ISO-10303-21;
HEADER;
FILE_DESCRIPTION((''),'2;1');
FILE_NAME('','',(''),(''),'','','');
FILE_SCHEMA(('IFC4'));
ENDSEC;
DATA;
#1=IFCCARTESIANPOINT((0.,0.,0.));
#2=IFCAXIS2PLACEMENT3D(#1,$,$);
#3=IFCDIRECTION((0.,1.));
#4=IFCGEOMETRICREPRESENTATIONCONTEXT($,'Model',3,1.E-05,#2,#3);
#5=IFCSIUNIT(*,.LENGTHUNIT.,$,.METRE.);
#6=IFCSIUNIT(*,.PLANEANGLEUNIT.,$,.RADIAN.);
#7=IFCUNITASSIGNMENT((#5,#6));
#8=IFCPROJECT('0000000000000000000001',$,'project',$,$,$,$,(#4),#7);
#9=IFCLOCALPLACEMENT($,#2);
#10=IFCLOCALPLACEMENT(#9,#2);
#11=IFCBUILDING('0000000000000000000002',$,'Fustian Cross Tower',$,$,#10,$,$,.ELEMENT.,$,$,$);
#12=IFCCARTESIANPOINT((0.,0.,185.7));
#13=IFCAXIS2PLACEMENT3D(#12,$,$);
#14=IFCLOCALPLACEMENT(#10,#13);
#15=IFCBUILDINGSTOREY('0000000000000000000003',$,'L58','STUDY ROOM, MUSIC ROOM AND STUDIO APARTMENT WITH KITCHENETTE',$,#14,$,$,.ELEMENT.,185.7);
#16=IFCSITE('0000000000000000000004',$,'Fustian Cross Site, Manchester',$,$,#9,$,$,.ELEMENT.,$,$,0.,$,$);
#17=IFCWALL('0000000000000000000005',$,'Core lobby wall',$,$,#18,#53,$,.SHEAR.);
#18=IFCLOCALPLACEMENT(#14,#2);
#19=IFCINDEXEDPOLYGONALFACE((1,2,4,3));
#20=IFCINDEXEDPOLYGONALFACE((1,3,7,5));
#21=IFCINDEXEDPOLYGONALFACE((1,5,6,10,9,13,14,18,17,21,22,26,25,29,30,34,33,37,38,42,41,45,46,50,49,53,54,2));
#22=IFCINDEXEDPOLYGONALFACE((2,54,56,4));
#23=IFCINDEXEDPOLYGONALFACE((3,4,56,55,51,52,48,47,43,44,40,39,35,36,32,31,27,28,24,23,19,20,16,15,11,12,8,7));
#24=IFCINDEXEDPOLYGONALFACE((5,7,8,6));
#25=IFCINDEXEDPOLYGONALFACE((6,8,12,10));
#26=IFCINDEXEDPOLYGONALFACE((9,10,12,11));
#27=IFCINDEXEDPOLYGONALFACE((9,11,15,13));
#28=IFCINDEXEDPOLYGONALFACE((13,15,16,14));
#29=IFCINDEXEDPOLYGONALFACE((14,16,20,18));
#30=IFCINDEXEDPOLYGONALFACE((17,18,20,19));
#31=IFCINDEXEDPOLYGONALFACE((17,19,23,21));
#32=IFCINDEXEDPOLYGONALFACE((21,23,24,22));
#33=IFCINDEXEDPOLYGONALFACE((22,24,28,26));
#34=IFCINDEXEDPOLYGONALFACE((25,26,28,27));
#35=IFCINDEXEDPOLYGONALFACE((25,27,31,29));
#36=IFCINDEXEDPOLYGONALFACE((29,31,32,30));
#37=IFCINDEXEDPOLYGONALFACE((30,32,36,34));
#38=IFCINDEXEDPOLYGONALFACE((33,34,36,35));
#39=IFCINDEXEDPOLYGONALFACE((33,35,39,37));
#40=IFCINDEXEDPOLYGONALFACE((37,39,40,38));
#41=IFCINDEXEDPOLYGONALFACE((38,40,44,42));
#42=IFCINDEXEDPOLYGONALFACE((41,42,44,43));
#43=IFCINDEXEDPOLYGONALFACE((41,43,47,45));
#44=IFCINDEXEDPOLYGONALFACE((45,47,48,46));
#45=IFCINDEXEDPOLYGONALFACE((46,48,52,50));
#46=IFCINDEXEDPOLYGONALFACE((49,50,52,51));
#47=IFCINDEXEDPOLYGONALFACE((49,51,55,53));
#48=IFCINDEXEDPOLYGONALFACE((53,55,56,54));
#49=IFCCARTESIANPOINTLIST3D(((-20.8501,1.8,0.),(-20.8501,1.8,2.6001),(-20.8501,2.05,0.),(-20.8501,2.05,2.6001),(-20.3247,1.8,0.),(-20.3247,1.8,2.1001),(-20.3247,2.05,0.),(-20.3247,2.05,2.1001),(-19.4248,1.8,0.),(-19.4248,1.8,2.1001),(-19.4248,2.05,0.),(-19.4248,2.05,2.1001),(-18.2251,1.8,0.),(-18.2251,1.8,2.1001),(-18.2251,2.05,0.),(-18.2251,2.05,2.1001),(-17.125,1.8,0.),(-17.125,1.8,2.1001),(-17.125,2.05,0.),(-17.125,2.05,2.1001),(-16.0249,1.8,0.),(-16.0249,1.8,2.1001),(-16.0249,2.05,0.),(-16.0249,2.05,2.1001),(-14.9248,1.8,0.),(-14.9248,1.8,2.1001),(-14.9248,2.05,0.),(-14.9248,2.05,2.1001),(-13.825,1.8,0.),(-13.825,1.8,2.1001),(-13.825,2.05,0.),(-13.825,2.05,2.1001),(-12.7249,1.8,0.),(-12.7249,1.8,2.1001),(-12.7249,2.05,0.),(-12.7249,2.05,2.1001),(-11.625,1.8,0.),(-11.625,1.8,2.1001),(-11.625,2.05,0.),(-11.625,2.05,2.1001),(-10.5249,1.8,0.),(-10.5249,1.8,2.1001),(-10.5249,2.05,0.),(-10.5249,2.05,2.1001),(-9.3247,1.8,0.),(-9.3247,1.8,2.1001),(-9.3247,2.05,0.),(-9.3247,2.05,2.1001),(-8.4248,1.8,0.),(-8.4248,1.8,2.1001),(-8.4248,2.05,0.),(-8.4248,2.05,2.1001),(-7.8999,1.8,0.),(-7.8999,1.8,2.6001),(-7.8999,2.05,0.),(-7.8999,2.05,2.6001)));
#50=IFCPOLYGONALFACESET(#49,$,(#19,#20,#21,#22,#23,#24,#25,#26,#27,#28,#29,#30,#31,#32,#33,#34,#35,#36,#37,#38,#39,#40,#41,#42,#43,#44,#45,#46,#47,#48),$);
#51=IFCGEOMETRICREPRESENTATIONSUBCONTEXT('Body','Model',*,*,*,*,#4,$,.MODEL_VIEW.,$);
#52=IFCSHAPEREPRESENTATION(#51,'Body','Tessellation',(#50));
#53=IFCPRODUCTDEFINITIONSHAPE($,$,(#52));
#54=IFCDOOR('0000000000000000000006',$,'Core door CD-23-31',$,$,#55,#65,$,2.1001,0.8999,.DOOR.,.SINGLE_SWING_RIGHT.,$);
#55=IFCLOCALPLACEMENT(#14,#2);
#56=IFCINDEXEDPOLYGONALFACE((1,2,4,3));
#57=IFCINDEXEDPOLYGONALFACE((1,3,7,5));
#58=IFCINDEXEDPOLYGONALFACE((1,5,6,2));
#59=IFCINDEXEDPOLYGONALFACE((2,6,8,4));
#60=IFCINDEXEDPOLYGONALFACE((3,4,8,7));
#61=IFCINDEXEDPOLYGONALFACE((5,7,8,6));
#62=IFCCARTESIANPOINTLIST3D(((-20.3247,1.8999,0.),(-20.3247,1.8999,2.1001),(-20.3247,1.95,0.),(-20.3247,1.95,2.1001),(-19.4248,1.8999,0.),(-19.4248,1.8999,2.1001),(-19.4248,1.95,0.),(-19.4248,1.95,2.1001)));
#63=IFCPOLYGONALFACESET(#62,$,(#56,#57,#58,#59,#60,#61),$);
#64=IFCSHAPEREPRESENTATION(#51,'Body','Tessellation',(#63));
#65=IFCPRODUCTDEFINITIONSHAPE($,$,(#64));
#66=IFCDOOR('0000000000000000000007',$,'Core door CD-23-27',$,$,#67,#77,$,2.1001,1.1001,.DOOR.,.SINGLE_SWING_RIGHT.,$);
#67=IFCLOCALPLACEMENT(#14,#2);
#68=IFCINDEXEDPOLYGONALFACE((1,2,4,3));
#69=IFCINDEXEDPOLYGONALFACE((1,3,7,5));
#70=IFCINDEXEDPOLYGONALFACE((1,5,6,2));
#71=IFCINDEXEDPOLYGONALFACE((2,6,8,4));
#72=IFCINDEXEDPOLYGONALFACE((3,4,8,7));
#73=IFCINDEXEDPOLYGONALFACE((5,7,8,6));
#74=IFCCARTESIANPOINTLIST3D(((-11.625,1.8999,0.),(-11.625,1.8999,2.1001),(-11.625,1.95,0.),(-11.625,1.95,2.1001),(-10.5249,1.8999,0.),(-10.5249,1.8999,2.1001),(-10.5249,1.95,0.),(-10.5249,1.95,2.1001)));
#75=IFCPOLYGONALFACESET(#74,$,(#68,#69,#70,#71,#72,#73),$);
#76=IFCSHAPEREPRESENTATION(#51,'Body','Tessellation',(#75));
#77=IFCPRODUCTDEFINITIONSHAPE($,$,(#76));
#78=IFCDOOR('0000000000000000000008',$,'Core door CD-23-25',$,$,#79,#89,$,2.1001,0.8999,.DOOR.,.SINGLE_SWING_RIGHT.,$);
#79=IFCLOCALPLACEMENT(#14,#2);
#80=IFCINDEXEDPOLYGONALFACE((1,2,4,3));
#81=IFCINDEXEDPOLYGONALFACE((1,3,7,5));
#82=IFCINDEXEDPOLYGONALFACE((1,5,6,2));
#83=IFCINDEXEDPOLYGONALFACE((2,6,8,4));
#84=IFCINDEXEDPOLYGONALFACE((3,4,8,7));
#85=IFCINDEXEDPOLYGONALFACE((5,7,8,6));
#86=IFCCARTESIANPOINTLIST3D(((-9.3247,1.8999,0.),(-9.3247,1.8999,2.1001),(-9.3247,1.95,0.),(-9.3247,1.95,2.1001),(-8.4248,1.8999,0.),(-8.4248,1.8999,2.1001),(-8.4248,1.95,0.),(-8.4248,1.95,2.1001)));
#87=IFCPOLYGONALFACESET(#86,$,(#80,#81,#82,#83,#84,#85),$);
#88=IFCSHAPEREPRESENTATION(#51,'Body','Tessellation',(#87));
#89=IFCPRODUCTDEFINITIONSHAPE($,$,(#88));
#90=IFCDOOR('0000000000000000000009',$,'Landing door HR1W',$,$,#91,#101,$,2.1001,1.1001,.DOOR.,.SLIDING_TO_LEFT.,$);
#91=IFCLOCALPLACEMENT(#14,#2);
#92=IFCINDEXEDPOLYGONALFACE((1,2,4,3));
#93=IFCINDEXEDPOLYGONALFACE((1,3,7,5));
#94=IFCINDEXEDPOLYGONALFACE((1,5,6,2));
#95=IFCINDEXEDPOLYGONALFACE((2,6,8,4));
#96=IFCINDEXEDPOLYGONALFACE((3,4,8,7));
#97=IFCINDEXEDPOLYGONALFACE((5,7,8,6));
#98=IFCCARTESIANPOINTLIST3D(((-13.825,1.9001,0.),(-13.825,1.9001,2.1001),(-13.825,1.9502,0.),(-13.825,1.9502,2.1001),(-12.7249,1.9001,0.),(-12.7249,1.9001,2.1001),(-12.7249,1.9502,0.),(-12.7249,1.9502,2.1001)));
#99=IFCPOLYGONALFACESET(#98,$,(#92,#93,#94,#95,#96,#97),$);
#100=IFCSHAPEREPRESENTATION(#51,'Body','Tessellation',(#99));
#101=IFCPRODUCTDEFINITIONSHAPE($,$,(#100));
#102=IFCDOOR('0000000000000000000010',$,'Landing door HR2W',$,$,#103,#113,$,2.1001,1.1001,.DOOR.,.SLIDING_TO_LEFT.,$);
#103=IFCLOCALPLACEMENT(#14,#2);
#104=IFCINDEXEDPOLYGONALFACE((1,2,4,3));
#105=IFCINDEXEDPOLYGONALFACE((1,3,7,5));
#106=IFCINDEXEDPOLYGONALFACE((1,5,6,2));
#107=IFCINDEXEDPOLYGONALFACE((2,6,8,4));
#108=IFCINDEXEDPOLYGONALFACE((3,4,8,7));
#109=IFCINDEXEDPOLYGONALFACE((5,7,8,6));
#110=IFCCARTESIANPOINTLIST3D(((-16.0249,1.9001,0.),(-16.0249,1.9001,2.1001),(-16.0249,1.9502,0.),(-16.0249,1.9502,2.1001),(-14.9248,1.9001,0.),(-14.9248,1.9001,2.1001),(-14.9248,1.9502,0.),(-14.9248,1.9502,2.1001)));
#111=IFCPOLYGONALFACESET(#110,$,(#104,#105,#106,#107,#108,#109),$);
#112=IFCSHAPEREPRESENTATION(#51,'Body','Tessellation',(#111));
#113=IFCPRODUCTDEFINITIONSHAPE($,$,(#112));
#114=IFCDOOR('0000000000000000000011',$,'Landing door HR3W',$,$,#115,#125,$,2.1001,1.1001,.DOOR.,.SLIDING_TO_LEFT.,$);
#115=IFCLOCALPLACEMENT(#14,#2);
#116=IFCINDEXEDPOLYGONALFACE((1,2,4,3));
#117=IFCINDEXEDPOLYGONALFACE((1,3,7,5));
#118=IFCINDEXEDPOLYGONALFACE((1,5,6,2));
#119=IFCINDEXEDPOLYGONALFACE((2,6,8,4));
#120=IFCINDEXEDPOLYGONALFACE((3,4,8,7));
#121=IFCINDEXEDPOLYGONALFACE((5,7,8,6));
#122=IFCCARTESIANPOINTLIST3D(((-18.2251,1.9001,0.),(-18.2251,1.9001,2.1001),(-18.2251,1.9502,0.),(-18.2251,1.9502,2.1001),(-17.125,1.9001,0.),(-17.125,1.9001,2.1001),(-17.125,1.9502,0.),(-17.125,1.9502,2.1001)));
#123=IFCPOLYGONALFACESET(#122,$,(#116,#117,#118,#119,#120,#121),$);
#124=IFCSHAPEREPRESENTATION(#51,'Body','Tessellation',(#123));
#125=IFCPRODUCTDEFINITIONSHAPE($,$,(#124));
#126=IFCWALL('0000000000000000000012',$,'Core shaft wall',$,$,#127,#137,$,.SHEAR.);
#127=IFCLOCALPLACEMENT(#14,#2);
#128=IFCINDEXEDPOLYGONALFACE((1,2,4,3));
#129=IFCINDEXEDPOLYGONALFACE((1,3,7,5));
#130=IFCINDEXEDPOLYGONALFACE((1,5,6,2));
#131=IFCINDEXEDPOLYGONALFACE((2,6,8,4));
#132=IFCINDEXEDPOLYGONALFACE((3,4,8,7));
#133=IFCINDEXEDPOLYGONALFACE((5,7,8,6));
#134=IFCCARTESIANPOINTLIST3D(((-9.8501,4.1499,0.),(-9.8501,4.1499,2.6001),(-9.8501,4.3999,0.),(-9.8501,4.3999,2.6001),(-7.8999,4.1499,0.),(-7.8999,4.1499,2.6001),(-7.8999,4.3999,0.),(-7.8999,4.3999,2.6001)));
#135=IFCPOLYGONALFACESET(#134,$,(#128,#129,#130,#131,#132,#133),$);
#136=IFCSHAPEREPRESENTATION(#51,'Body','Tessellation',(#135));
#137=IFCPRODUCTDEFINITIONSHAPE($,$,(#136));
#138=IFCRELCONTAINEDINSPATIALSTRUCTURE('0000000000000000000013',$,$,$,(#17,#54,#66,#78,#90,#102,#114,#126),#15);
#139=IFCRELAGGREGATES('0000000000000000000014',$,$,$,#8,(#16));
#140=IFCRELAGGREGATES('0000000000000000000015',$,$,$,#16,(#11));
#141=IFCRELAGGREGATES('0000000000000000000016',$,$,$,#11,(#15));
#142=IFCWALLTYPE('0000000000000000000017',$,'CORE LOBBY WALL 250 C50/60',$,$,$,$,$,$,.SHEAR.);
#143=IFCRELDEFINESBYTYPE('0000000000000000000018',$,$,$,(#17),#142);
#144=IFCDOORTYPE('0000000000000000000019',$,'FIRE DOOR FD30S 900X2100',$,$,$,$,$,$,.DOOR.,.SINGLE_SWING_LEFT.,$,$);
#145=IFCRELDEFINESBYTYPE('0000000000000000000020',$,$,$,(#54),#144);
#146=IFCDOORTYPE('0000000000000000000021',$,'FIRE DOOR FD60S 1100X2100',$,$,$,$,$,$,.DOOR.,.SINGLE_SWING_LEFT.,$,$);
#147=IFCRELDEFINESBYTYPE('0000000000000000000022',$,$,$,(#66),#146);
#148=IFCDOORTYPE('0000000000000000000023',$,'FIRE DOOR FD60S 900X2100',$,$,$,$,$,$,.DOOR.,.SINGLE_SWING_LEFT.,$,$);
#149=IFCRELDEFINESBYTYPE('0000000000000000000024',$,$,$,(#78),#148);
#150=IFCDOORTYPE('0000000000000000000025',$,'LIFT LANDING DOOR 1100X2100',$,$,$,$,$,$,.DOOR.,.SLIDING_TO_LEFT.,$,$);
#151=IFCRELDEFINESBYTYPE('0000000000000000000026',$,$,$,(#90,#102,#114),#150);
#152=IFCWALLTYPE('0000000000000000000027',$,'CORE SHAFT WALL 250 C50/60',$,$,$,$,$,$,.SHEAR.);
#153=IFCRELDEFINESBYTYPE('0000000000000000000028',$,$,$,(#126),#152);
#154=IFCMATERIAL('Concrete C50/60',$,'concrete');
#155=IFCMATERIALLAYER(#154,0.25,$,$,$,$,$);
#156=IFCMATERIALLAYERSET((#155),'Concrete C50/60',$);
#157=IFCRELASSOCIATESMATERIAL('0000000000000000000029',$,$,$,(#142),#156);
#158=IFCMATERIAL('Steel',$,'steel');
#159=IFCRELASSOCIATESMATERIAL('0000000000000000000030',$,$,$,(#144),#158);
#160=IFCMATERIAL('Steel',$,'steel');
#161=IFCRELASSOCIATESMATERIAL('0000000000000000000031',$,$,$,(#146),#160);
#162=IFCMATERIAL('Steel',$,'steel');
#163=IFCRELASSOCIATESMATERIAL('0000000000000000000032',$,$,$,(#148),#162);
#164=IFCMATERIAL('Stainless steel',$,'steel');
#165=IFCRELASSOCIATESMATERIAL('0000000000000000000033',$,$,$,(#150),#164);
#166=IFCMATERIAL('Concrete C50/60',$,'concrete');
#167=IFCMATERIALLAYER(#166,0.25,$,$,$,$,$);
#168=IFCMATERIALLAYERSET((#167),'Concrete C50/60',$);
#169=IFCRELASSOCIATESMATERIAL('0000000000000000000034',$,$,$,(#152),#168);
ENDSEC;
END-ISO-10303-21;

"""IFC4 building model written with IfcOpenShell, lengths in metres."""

from ifc_helpers import new_model, si_unit, direction, frame, frame_2d, origin, place, context, subcontext, project, spatial, rectangle, extrude, material, layer, layer_set, type_object, element, fill, save


model = new_model("IFC4")

# Units and contexts
model_context = context("Model", 3, precision=1e-05, world=origin(), true_north=direction((0.0, 1.0)))
body_context = subcontext(model_context, "Body", "Model", "MODEL_VIEW")
ifc_project = project(units=[si_unit("LENGTHUNIT", "METRE"), si_unit("PLANEANGLEUNIT", "RADIAN")], contexts=[model_context])

# Site, building, storey
site_placement = place(None, origin())
site = spatial("IfcSite", under=ifc_project, at=site_placement, Name="Fustian Cross Site, Manchester", CompositionType="ELEMENT", RefElevation=0.0)
building_placement = place(site_placement, origin())
building = spatial("IfcBuilding", under=site, at=building_placement, Name="Fustian Cross Tower", CompositionType="ELEMENT")
storey_placement = place(building_placement, frame((0.0, 0.0, 185.7)))
storey = spatial("IfcBuildingStorey", under=building, at=storey_placement, Name="L58", Description="STUDY ROOM, MUSIC ROOM AND STUDIO APARTMENT WITH KITCHENETTE", CompositionType="ELEMENT", Elevation=185.7)

# Wall, openings, doors
ifc_material_1 = material(Name="Concrete C50/60", Category="concrete")
ifc_layer_1 = layer(ifc_material_1, 0.25)
ifc_layer_set_1 = layer_set([ifc_layer_1], Name="Concrete C50/60")
wall_type_1 = type_object("IfcWallType", Name="CORE LOBBY WALL 250 C50/60", PredefinedType="SHEAR", material=ifc_layer_set_1)
wall_1_placement = place(storey_placement, frame((-7.8999, 1.925, 0.0), z_axis=(0.0, 0.0, 1.0), x_axis=(-1.0, 0.0, 0.0)))
wall_1 = element("IfcWall", 1, at=wall_1_placement, inside=storey, type_object=wall_type_1, Name="Core lobby wall", PredefinedType="SHEAR", context=body_context, shape_type="SweptSolid", body=[
    extrude(rectangle(XDim=12.9502, YDim=0.25, at=frame_2d((6.4751, 0.0))), origin(), (0.0, 0.0, 1.0), 2.6001),
])
opening_1_placement = place(wall_1_placement, frame((4.825, 0.0, 0.0)))
opening_1 = element("IfcOpeningElement", 2, at=opening_1_placement, cuts=wall_1, PredefinedType="OPENING", context=body_context, shape_type="SweptSolid", body=[
    extrude(rectangle(XDim=1.1001, YDim=2.1001, at=frame_2d((0.55, 1.05))), frame((0.0, 0.135, 0.0), z_axis=(0.0, -1.0, 0.0), x_axis=(1.0, 0.0, 0.0)), (0.0, 0.0, 1.0), 0.27),
])
opening_2_placement = place(wall_1_placement, frame((7.0249, 0.0, 0.0)))
opening_2 = element("IfcOpeningElement", 3, at=opening_2_placement, cuts=wall_1, PredefinedType="OPENING", context=body_context, shape_type="SweptSolid", body=[
    extrude(rectangle(XDim=1.1001, YDim=2.1001, at=frame_2d((0.55, 1.05))), frame((0.0, 0.135, 0.0), z_axis=(0.0, -1.0, 0.0), x_axis=(1.0, 0.0, 0.0)), (0.0, 0.0, 1.0), 0.27),
])
opening_3_placement = place(wall_1_placement, frame((9.2251, 0.0, 0.0)))
opening_3 = element("IfcOpeningElement", 4, at=opening_3_placement, cuts=wall_1, PredefinedType="OPENING", context=body_context, shape_type="SweptSolid", body=[
    extrude(rectangle(XDim=1.1001, YDim=2.1001, at=frame_2d((0.55, 1.05))), frame((0.0, 0.135, 0.0), z_axis=(0.0, -1.0, 0.0), x_axis=(1.0, 0.0, 0.0)), (0.0, 0.0, 1.0), 0.27),
])
opening_4_placement = place(wall_1_placement, frame((0.5249, 0.0, 0.0)))
opening_4 = element("IfcOpeningElement", 5, at=opening_4_placement, cuts=wall_1, PredefinedType="OPENING", context=body_context, shape_type="SweptSolid", body=[
    extrude(rectangle(XDim=0.8999, YDim=2.1001, at=frame_2d((0.45, 1.05))), frame((0.0, 0.135, 0.0), z_axis=(0.0, -1.0, 0.0), x_axis=(1.0, 0.0, 0.0)), (0.0, 0.0, 1.0), 0.27),
])
opening_5_placement = place(wall_1_placement, frame((2.625, 0.0, 0.0)))
opening_5 = element("IfcOpeningElement", 6, at=opening_5_placement, cuts=wall_1, PredefinedType="OPENING", context=body_context, shape_type="SweptSolid", body=[
    extrude(rectangle(XDim=1.1001, YDim=2.1001, at=frame_2d((0.55, 1.05))), frame((0.0, 0.135, 0.0), z_axis=(0.0, -1.0, 0.0), x_axis=(1.0, 0.0, 0.0)), (0.0, 0.0, 1.0), 0.27),
])
opening_6_placement = place(wall_1_placement, frame((11.5249, 0.0, 0.0)))
opening_6 = element("IfcOpeningElement", 7, at=opening_6_placement, cuts=wall_1, PredefinedType="OPENING", context=body_context, shape_type="SweptSolid", body=[
    extrude(rectangle(XDim=0.8999, YDim=2.1001, at=frame_2d((0.45, 1.05))), frame((0.0, 0.135, 0.0), z_axis=(0.0, -1.0, 0.0), x_axis=(1.0, 0.0, 0.0)), (0.0, 0.0, 1.0), 0.27),
])
ifc_material_2 = material(Name="Steel", Category="steel")
door_type_1 = type_object("IfcDoorType", Name="FIRE DOOR FD30S 900X2100", OperationType="SINGLE_SWING_LEFT", PredefinedType="DOOR", material=ifc_material_2)
door_1_placement = place(opening_6_placement, frame((0.8999, 0.0, 0.0), z_axis=(0.0, 0.0, 1.0), x_axis=(-1.0, 0.0, 0.0)))
door_1 = element("IfcDoor", 8, at=door_1_placement, inside=storey, type_object=door_type_1, Name="Core door CD-23-31", OperationType="SINGLE_SWING_RIGHT", OverallHeight=2.1001, OverallWidth=0.8999, PredefinedType="DOOR", context=body_context, shape_type="SweptSolid", body=[
    extrude(rectangle(XDim=0.8999, YDim=2.1001, at=frame_2d((0.45, 1.05))), frame((0.0, 0.0249, 0.0), z_axis=(0.0, -1.0, 0.0), x_axis=(1.0, 0.0, 0.0)), (0.0, 0.0, 1.0), 0.05),
])
fill(opening_6, door_1)
ifc_material_3 = material(Name="Steel", Category="steel")
door_type_2 = type_object("IfcDoorType", Name="FIRE DOOR FD60S 1100X2100", OperationType="SINGLE_SWING_LEFT", PredefinedType="DOOR", material=ifc_material_3)
door_2_placement = place(opening_5_placement, frame((1.1001, 0.0, 0.0), z_axis=(0.0, 0.0, 1.0), x_axis=(-1.0, 0.0, 0.0)))
door_2 = element("IfcDoor", 9, at=door_2_placement, inside=storey, type_object=door_type_2, Name="Core door CD-23-27", OperationType="SINGLE_SWING_RIGHT", OverallHeight=2.1001, OverallWidth=1.1001, PredefinedType="DOOR", context=body_context, shape_type="SweptSolid", body=[
    extrude(rectangle(XDim=1.1001, YDim=2.1001, at=frame_2d((0.55, 1.05))), frame((0.0, 0.0249, 0.0), z_axis=(0.0, -1.0, 0.0), x_axis=(1.0, 0.0, 0.0)), (0.0, 0.0, 1.0), 0.05),
])
fill(opening_5, door_2)
ifc_material_4 = material(Name="Steel", Category="steel")
door_type_3 = type_object("IfcDoorType", Name="FIRE DOOR FD60S 900X2100", OperationType="SINGLE_SWING_LEFT", PredefinedType="DOOR", material=ifc_material_4)
door_3_placement = place(opening_4_placement, frame((0.8999, 0.0, 0.0), z_axis=(0.0, 0.0, 1.0), x_axis=(-1.0, 0.0, 0.0)))
door_3 = element("IfcDoor", 10, at=door_3_placement, inside=storey, type_object=door_type_3, Name="Core door CD-23-25", OperationType="SINGLE_SWING_RIGHT", OverallHeight=2.1001, OverallWidth=0.8999, PredefinedType="DOOR", context=body_context, shape_type="SweptSolid", body=[
    extrude(rectangle(XDim=0.8999, YDim=2.1001, at=frame_2d((0.45, 1.05))), frame((0.0, 0.0249, 0.0), z_axis=(0.0, -1.0, 0.0), x_axis=(1.0, 0.0, 0.0)), (0.0, 0.0, 1.0), 0.05),
])
fill(opening_4, door_3)
ifc_material_5 = material(Name="Stainless steel", Category="steel")
door_type_4 = type_object("IfcDoorType", Name="LIFT LANDING DOOR 1100X2100", OperationType="SLIDING_TO_LEFT", PredefinedType="DOOR", material=ifc_material_5)
door_4_placement = place(opening_1_placement, origin())
door_4 = element("IfcDoor", 11, at=door_4_placement, inside=storey, type_object=door_type_4, Name="Landing door HR1W", OperationType="SLIDING_TO_LEFT", OverallHeight=2.1001, OverallWidth=1.1001, PredefinedType="DOOR", context=body_context, shape_type="SweptSolid", body=[
    extrude(rectangle(XDim=1.1001, YDim=2.1001, at=frame_2d((0.55, 1.05))), frame((0.0, 0.0249, 0.0), z_axis=(0.0, -1.0, 0.0), x_axis=(1.0, 0.0, 0.0)), (0.0, 0.0, 1.0), 0.05),
])
fill(opening_1, door_4)
door_5_placement = place(opening_2_placement, origin())
door_5 = element("IfcDoor", 12, at=door_5_placement, inside=storey, type_object=door_type_4, Name="Landing door HR2W", OperationType="SLIDING_TO_LEFT", OverallHeight=2.1001, OverallWidth=1.1001, PredefinedType="DOOR", context=body_context, shape_type="SweptSolid", body=[
    extrude(rectangle(XDim=1.1001, YDim=2.1001, at=frame_2d((0.55, 1.05))), frame((0.0, 0.0249, 0.0), z_axis=(0.0, -1.0, 0.0), x_axis=(1.0, 0.0, 0.0)), (0.0, 0.0, 1.0), 0.05),
])
fill(opening_2, door_5)
door_6_placement = place(opening_3_placement, origin())
door_6 = element("IfcDoor", 13, at=door_6_placement, inside=storey, type_object=door_type_4, Name="Landing door HR3W", OperationType="SLIDING_TO_LEFT", OverallHeight=2.1001, OverallWidth=1.1001, PredefinedType="DOOR", context=body_context, shape_type="SweptSolid", body=[
    extrude(rectangle(XDim=1.1001, YDim=2.1001, at=frame_2d((0.55, 1.05))), frame((0.0, 0.0249, 0.0), z_axis=(0.0, -1.0, 0.0), x_axis=(1.0, 0.0, 0.0)), (0.0, 0.0, 1.0), 0.05),
])
fill(opening_3, door_6)

# Wall
ifc_material_6 = material(Name="Concrete C50/60", Category="concrete")
ifc_layer_2 = layer(ifc_material_6, 0.25)
ifc_layer_set_2 = layer_set([ifc_layer_2], Name="Concrete C50/60")
wall_type_2 = type_object("IfcWallType", Name="CORE SHAFT WALL 250 C50/60", PredefinedType="SHEAR", material=ifc_layer_set_2)
wall_2_placement = place(storey_placement, frame((-7.8999, 4.2749, 0.0), z_axis=(0.0, 0.0, 1.0), x_axis=(-1.0, 0.0, 0.0)))
element("IfcWall", 14, at=wall_2_placement, inside=storey, type_object=wall_type_2, Name="Core shaft wall", PredefinedType="SHEAR", context=body_context, shape_type="SweptSolid", body=[
    extrude(rectangle(XDim=1.9502, YDim=0.25, at=frame_2d((0.9751, 0.0))), origin(), (0.0, 0.0, 1.0), 2.6001),
])

save(model, "model.ifc")
